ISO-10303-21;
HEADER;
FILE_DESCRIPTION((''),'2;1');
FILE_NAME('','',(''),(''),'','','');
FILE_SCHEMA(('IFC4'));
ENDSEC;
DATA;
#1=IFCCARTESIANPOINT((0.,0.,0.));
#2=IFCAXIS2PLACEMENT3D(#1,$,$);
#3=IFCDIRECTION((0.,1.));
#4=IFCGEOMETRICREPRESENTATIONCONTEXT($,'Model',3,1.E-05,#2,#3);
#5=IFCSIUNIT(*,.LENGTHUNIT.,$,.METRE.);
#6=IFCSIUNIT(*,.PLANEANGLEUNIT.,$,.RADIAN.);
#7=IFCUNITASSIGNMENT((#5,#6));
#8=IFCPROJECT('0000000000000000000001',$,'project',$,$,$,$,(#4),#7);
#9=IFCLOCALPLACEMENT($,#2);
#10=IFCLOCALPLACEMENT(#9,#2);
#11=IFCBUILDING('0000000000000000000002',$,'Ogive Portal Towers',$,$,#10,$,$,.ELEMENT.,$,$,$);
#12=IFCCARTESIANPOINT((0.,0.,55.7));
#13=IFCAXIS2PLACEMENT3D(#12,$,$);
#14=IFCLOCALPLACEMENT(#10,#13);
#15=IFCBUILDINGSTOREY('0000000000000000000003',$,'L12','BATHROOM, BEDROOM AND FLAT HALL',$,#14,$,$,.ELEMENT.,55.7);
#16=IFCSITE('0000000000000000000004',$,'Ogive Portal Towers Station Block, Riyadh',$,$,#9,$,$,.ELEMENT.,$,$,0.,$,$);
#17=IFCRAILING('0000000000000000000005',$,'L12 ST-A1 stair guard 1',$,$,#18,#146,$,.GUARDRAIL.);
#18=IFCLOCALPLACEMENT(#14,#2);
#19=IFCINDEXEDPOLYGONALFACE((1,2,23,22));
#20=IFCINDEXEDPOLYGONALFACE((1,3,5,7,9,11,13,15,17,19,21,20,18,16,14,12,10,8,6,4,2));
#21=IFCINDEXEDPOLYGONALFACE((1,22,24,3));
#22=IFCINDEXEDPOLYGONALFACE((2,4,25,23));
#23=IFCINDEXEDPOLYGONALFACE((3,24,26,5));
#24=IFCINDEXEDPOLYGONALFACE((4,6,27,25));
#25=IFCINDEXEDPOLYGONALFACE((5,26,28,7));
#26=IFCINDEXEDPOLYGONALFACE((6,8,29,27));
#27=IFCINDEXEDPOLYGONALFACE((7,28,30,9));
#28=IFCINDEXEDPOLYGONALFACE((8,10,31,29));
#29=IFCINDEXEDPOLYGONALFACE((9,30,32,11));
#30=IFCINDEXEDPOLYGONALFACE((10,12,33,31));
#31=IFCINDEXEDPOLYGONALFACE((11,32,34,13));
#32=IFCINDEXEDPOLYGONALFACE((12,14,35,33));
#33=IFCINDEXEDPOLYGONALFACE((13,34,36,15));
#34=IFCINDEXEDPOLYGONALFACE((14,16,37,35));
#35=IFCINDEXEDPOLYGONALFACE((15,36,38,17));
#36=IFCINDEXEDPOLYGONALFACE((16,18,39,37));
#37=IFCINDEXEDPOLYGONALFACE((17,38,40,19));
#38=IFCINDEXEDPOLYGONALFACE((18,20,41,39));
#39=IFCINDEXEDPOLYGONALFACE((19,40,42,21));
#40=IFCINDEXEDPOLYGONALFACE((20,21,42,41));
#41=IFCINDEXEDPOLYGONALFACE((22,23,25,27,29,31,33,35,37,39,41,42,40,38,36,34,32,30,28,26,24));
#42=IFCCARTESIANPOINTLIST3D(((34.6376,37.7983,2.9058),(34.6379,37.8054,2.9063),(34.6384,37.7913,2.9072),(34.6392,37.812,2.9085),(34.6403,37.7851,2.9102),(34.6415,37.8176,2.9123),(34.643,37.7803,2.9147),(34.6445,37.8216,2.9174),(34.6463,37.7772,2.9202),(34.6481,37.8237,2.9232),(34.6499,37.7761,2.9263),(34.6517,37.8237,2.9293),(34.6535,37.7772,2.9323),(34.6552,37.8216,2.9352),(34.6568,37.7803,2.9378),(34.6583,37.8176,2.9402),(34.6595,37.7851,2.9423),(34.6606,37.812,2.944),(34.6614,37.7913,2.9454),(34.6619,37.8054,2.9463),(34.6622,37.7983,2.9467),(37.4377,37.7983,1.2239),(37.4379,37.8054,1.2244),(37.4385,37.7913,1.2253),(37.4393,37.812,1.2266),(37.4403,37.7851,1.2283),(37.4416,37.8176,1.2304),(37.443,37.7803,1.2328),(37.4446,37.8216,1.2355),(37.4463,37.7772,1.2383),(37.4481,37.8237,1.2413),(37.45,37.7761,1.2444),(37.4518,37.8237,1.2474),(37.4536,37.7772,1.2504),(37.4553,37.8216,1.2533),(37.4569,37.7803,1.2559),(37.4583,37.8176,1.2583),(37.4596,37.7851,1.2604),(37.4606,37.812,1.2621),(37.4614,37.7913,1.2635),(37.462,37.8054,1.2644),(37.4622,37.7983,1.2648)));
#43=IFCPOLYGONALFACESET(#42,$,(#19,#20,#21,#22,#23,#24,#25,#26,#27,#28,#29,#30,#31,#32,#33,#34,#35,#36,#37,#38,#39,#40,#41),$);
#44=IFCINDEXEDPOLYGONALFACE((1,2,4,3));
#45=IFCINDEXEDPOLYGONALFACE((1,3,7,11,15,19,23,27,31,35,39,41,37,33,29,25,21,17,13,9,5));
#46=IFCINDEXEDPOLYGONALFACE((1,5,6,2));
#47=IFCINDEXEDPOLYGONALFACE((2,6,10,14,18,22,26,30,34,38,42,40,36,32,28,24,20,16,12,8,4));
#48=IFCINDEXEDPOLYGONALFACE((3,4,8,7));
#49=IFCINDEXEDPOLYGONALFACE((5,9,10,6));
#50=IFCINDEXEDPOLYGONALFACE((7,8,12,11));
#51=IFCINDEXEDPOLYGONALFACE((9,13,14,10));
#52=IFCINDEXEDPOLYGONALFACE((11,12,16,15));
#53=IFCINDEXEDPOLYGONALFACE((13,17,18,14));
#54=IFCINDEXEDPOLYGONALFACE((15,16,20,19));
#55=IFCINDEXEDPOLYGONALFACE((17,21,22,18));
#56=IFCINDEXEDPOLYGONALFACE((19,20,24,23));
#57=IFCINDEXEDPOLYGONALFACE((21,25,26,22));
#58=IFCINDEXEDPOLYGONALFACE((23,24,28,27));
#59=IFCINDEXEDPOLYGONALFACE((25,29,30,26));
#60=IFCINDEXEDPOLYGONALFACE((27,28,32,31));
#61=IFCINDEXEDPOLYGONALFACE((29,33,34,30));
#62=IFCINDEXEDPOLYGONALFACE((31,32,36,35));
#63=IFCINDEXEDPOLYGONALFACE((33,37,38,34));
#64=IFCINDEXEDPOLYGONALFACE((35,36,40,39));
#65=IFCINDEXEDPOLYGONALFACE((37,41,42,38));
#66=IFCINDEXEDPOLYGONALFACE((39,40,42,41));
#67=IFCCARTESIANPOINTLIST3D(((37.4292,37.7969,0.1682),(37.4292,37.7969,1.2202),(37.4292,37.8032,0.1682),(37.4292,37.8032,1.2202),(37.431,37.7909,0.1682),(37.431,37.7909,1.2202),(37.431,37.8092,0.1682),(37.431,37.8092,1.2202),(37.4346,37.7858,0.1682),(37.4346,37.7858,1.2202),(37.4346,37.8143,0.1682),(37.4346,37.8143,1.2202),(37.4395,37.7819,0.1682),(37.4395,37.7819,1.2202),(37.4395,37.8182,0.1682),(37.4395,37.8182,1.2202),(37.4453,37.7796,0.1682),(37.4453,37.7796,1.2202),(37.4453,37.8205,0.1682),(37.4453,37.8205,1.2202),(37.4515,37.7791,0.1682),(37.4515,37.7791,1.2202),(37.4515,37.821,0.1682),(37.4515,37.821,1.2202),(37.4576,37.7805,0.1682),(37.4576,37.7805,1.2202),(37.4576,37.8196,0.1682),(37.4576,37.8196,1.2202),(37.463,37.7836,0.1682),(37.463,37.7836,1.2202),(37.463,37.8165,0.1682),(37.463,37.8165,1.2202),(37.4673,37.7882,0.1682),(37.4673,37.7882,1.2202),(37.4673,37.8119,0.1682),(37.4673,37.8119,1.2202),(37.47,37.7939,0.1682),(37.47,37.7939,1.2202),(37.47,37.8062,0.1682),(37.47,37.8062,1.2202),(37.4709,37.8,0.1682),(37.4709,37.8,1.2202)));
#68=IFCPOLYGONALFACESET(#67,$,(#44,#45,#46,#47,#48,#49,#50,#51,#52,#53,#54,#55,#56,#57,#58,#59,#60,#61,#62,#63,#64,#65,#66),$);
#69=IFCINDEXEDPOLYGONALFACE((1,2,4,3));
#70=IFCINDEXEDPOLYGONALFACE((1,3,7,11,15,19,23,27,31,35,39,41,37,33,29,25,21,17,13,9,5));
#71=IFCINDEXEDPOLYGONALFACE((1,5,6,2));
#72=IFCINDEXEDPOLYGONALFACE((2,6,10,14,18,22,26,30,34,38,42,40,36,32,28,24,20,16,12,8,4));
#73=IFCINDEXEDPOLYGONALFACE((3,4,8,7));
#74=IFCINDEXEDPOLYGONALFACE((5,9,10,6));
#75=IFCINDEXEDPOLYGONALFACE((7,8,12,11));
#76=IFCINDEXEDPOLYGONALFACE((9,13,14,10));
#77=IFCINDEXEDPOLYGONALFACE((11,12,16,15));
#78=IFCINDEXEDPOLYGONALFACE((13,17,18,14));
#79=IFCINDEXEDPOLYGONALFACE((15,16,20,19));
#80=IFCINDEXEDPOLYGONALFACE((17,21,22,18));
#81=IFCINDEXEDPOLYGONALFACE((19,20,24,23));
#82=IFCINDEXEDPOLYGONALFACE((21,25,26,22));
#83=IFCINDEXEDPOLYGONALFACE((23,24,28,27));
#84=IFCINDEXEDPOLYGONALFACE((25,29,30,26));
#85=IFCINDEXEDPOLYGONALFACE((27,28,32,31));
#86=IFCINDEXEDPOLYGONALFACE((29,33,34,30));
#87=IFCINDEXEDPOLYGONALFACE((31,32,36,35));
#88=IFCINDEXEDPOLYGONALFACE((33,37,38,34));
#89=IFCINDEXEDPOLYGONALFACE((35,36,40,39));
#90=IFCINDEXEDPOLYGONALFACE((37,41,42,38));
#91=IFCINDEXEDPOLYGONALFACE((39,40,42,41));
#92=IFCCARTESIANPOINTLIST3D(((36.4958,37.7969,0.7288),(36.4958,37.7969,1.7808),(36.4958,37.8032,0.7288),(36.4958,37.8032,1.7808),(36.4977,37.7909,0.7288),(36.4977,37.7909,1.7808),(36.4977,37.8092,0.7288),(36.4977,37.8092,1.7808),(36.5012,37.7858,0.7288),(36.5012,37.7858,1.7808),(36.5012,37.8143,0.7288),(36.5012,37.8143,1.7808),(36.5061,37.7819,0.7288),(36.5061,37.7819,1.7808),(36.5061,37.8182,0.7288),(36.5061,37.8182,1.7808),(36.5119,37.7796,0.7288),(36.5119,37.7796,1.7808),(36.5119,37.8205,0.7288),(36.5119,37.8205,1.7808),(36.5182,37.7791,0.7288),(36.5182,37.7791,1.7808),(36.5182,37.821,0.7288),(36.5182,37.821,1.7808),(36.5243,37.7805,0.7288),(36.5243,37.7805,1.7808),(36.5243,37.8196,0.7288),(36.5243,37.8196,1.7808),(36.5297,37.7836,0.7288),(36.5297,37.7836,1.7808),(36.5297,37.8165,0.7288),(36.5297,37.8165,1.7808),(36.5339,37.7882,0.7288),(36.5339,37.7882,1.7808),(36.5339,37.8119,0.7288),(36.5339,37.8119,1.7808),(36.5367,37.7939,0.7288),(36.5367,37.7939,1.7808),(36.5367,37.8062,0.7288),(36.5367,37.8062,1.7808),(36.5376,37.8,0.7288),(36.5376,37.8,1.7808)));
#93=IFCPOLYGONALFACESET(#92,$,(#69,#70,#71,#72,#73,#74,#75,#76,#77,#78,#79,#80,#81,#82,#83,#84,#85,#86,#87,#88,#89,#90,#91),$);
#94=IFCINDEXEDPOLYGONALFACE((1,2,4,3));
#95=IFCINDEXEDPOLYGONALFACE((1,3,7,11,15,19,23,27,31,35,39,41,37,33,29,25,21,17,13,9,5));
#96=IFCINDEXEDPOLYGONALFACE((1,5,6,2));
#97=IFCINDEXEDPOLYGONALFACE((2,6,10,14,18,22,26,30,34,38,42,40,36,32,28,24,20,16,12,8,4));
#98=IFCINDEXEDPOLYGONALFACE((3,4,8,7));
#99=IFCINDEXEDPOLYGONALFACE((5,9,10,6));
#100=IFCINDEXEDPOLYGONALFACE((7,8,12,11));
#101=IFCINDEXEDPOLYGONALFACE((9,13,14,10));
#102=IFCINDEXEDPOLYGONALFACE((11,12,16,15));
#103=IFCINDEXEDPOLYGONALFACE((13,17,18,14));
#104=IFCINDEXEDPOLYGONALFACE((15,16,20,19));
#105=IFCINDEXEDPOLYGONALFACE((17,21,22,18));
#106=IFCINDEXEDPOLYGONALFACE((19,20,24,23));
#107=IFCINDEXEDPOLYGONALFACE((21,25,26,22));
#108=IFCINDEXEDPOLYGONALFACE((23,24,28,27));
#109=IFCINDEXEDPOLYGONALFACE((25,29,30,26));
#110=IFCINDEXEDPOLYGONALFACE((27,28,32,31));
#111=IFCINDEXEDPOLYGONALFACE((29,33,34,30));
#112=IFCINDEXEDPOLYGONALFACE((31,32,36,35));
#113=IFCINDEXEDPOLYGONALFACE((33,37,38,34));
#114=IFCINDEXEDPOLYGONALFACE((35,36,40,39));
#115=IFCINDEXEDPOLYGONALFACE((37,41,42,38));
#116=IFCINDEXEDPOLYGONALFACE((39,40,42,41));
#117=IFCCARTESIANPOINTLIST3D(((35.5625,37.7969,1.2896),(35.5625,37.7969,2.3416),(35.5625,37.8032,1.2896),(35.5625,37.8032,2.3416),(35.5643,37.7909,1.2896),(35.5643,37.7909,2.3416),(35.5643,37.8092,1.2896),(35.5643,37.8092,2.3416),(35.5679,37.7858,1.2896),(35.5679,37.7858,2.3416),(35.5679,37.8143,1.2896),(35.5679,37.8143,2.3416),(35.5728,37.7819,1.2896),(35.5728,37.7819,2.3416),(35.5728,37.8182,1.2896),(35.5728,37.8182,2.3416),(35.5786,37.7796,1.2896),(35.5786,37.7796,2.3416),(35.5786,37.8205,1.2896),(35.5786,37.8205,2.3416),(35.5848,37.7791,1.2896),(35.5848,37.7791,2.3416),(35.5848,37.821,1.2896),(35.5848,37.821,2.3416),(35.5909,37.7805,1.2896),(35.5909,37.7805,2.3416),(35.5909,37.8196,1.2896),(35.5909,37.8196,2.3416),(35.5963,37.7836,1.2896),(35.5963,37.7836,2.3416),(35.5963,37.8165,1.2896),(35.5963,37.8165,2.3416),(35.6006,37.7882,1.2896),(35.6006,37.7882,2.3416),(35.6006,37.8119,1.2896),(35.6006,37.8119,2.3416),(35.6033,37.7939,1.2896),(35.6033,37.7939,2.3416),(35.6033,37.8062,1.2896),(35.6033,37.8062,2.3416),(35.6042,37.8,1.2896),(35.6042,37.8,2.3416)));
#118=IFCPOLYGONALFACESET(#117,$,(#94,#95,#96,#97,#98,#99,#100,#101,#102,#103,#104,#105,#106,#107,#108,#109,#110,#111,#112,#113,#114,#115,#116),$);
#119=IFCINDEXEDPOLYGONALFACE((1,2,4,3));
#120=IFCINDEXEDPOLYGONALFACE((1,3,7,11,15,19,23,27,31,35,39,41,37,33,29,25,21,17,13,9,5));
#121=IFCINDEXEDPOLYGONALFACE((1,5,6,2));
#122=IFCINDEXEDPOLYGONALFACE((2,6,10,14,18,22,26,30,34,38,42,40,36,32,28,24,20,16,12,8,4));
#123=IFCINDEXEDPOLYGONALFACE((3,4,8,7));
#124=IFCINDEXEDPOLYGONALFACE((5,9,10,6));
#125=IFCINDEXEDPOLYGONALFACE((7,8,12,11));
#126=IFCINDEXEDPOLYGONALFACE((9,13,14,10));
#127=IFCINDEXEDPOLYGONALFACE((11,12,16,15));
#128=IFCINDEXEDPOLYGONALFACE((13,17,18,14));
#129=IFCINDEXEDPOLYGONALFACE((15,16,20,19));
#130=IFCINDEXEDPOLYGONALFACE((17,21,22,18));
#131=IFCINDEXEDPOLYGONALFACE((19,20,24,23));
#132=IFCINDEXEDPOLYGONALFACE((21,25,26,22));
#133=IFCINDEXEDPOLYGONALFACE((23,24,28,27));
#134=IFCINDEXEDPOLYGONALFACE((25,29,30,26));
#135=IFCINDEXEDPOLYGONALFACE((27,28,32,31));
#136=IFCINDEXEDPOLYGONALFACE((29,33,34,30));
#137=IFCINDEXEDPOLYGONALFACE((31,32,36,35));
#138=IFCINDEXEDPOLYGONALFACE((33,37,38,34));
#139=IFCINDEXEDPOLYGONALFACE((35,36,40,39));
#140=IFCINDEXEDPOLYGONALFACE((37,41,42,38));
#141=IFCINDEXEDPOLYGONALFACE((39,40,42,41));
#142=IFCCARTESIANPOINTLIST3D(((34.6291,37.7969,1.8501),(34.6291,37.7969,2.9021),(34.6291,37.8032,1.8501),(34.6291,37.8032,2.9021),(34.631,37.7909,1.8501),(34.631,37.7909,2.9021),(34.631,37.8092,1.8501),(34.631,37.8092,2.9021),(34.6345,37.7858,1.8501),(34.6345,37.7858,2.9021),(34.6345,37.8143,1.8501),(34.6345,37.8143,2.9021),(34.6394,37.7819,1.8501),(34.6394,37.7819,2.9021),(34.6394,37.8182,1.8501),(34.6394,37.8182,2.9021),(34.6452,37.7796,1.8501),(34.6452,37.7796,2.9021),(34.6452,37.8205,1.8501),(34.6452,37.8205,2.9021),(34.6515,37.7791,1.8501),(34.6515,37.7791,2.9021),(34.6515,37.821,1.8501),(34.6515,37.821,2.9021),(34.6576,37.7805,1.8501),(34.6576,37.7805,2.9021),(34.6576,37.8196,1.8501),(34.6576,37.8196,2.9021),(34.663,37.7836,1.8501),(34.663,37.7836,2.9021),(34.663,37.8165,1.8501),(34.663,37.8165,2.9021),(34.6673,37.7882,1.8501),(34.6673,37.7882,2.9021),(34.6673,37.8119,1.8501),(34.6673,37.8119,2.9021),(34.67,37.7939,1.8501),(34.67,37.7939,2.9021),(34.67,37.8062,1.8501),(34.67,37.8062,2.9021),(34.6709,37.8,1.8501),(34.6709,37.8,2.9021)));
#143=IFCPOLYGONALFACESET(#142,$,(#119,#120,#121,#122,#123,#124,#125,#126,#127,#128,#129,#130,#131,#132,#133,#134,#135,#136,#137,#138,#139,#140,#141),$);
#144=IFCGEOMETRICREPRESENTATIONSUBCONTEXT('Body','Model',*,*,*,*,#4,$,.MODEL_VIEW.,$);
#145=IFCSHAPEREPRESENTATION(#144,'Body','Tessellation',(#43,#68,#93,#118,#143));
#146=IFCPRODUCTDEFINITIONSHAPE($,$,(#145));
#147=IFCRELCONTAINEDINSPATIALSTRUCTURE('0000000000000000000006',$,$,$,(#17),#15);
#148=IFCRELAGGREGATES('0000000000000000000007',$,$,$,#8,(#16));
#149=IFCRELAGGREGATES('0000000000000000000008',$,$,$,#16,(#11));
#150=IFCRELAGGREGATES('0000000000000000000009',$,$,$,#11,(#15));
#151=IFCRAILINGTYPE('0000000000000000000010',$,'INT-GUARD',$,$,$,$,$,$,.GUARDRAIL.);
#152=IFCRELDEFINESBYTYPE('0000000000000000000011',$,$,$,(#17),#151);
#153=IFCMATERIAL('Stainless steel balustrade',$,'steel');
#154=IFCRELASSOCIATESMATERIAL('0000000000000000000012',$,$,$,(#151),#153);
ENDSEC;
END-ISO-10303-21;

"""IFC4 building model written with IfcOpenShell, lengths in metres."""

from ifc_helpers import new_model, si_unit, direction, frame, origin, origin_2d, place, context, subcontext, project, spatial, circle, extrude, material, type_object, element, save


model = new_model("IFC4")

# Units and contexts
model_context = context("Model", 3, precision=1e-05, world=origin(), true_north=direction((0.0, 1.0)))
body_context = subcontext(model_context, "Body", "Model", "MODEL_VIEW")
ifc_project = project(units=[si_unit("LENGTHUNIT", "METRE"), si_unit("PLANEANGLEUNIT", "RADIAN")], contexts=[model_context])

# Site, building, storey
site_placement = place(None, origin())
site = spatial("IfcSite", under=ifc_project, at=site_placement, Name="Ogive Portal Towers Station Block, Riyadh", CompositionType="ELEMENT", RefElevation=0.0)
building_placement = place(site_placement, origin())
building = spatial("IfcBuilding", under=site, at=building_placement, Name="Ogive Portal Towers", CompositionType="ELEMENT")
storey_placement = place(building_placement, frame((0.0, 0.0, 55.7)))
storey = spatial("IfcBuildingStorey", under=building, at=storey_placement, Name="L12", Description="BATHROOM, BEDROOM AND FLAT HALL", CompositionType="ELEMENT", Elevation=55.7)

# Railing
ifc_material_1 = material(Name="Stainless steel balustrade", Category="steel")
railing_type_1 = type_object("IfcRailingType", Name="INT-GUARD", PredefinedType="GUARDRAIL", material=ifc_material_1)
railing_1_placement = place(storey_placement, frame((37.45, 37.8, 0.1682)))
element("IfcRailing", 1, at=railing_1_placement, inside=storey, type_object=railing_type_1, Name="L12 ST-A1 stair guard 1", PredefinedType="GUARDRAIL", context=body_context, shape_type="SweptSolid", body=[
    extrude(circle(Radius=0.0239, at=origin_2d()), frame((0.0, 0.0, 1.0762), z_axis=(-0.857242, 0.0, 0.514913), x_axis=(0.0, -1.0, 0.0)), (0.0, 0.0, 1.0), 3.2664),
    extrude(circle(Radius=0.021, at=origin_2d()), origin(), (0.0, 0.0, 1.0), 1.052),
    extrude(circle(Radius=0.021, at=origin_2d()), frame((-0.9333, 0.0, 0.5605)), (0.0, 0.0, 1.0), 1.052),
    extrude(circle(Radius=0.021, at=origin_2d()), frame((-1.8667, 0.0, 1.1213)), (0.0, 0.0, 1.0), 1.052),
    extrude(circle(Radius=0.021, at=origin_2d()), frame((-2.8, 0.0, 1.6819)), (0.0, 0.0, 1.0), 1.052),
])

save(model, "model.ifc")
